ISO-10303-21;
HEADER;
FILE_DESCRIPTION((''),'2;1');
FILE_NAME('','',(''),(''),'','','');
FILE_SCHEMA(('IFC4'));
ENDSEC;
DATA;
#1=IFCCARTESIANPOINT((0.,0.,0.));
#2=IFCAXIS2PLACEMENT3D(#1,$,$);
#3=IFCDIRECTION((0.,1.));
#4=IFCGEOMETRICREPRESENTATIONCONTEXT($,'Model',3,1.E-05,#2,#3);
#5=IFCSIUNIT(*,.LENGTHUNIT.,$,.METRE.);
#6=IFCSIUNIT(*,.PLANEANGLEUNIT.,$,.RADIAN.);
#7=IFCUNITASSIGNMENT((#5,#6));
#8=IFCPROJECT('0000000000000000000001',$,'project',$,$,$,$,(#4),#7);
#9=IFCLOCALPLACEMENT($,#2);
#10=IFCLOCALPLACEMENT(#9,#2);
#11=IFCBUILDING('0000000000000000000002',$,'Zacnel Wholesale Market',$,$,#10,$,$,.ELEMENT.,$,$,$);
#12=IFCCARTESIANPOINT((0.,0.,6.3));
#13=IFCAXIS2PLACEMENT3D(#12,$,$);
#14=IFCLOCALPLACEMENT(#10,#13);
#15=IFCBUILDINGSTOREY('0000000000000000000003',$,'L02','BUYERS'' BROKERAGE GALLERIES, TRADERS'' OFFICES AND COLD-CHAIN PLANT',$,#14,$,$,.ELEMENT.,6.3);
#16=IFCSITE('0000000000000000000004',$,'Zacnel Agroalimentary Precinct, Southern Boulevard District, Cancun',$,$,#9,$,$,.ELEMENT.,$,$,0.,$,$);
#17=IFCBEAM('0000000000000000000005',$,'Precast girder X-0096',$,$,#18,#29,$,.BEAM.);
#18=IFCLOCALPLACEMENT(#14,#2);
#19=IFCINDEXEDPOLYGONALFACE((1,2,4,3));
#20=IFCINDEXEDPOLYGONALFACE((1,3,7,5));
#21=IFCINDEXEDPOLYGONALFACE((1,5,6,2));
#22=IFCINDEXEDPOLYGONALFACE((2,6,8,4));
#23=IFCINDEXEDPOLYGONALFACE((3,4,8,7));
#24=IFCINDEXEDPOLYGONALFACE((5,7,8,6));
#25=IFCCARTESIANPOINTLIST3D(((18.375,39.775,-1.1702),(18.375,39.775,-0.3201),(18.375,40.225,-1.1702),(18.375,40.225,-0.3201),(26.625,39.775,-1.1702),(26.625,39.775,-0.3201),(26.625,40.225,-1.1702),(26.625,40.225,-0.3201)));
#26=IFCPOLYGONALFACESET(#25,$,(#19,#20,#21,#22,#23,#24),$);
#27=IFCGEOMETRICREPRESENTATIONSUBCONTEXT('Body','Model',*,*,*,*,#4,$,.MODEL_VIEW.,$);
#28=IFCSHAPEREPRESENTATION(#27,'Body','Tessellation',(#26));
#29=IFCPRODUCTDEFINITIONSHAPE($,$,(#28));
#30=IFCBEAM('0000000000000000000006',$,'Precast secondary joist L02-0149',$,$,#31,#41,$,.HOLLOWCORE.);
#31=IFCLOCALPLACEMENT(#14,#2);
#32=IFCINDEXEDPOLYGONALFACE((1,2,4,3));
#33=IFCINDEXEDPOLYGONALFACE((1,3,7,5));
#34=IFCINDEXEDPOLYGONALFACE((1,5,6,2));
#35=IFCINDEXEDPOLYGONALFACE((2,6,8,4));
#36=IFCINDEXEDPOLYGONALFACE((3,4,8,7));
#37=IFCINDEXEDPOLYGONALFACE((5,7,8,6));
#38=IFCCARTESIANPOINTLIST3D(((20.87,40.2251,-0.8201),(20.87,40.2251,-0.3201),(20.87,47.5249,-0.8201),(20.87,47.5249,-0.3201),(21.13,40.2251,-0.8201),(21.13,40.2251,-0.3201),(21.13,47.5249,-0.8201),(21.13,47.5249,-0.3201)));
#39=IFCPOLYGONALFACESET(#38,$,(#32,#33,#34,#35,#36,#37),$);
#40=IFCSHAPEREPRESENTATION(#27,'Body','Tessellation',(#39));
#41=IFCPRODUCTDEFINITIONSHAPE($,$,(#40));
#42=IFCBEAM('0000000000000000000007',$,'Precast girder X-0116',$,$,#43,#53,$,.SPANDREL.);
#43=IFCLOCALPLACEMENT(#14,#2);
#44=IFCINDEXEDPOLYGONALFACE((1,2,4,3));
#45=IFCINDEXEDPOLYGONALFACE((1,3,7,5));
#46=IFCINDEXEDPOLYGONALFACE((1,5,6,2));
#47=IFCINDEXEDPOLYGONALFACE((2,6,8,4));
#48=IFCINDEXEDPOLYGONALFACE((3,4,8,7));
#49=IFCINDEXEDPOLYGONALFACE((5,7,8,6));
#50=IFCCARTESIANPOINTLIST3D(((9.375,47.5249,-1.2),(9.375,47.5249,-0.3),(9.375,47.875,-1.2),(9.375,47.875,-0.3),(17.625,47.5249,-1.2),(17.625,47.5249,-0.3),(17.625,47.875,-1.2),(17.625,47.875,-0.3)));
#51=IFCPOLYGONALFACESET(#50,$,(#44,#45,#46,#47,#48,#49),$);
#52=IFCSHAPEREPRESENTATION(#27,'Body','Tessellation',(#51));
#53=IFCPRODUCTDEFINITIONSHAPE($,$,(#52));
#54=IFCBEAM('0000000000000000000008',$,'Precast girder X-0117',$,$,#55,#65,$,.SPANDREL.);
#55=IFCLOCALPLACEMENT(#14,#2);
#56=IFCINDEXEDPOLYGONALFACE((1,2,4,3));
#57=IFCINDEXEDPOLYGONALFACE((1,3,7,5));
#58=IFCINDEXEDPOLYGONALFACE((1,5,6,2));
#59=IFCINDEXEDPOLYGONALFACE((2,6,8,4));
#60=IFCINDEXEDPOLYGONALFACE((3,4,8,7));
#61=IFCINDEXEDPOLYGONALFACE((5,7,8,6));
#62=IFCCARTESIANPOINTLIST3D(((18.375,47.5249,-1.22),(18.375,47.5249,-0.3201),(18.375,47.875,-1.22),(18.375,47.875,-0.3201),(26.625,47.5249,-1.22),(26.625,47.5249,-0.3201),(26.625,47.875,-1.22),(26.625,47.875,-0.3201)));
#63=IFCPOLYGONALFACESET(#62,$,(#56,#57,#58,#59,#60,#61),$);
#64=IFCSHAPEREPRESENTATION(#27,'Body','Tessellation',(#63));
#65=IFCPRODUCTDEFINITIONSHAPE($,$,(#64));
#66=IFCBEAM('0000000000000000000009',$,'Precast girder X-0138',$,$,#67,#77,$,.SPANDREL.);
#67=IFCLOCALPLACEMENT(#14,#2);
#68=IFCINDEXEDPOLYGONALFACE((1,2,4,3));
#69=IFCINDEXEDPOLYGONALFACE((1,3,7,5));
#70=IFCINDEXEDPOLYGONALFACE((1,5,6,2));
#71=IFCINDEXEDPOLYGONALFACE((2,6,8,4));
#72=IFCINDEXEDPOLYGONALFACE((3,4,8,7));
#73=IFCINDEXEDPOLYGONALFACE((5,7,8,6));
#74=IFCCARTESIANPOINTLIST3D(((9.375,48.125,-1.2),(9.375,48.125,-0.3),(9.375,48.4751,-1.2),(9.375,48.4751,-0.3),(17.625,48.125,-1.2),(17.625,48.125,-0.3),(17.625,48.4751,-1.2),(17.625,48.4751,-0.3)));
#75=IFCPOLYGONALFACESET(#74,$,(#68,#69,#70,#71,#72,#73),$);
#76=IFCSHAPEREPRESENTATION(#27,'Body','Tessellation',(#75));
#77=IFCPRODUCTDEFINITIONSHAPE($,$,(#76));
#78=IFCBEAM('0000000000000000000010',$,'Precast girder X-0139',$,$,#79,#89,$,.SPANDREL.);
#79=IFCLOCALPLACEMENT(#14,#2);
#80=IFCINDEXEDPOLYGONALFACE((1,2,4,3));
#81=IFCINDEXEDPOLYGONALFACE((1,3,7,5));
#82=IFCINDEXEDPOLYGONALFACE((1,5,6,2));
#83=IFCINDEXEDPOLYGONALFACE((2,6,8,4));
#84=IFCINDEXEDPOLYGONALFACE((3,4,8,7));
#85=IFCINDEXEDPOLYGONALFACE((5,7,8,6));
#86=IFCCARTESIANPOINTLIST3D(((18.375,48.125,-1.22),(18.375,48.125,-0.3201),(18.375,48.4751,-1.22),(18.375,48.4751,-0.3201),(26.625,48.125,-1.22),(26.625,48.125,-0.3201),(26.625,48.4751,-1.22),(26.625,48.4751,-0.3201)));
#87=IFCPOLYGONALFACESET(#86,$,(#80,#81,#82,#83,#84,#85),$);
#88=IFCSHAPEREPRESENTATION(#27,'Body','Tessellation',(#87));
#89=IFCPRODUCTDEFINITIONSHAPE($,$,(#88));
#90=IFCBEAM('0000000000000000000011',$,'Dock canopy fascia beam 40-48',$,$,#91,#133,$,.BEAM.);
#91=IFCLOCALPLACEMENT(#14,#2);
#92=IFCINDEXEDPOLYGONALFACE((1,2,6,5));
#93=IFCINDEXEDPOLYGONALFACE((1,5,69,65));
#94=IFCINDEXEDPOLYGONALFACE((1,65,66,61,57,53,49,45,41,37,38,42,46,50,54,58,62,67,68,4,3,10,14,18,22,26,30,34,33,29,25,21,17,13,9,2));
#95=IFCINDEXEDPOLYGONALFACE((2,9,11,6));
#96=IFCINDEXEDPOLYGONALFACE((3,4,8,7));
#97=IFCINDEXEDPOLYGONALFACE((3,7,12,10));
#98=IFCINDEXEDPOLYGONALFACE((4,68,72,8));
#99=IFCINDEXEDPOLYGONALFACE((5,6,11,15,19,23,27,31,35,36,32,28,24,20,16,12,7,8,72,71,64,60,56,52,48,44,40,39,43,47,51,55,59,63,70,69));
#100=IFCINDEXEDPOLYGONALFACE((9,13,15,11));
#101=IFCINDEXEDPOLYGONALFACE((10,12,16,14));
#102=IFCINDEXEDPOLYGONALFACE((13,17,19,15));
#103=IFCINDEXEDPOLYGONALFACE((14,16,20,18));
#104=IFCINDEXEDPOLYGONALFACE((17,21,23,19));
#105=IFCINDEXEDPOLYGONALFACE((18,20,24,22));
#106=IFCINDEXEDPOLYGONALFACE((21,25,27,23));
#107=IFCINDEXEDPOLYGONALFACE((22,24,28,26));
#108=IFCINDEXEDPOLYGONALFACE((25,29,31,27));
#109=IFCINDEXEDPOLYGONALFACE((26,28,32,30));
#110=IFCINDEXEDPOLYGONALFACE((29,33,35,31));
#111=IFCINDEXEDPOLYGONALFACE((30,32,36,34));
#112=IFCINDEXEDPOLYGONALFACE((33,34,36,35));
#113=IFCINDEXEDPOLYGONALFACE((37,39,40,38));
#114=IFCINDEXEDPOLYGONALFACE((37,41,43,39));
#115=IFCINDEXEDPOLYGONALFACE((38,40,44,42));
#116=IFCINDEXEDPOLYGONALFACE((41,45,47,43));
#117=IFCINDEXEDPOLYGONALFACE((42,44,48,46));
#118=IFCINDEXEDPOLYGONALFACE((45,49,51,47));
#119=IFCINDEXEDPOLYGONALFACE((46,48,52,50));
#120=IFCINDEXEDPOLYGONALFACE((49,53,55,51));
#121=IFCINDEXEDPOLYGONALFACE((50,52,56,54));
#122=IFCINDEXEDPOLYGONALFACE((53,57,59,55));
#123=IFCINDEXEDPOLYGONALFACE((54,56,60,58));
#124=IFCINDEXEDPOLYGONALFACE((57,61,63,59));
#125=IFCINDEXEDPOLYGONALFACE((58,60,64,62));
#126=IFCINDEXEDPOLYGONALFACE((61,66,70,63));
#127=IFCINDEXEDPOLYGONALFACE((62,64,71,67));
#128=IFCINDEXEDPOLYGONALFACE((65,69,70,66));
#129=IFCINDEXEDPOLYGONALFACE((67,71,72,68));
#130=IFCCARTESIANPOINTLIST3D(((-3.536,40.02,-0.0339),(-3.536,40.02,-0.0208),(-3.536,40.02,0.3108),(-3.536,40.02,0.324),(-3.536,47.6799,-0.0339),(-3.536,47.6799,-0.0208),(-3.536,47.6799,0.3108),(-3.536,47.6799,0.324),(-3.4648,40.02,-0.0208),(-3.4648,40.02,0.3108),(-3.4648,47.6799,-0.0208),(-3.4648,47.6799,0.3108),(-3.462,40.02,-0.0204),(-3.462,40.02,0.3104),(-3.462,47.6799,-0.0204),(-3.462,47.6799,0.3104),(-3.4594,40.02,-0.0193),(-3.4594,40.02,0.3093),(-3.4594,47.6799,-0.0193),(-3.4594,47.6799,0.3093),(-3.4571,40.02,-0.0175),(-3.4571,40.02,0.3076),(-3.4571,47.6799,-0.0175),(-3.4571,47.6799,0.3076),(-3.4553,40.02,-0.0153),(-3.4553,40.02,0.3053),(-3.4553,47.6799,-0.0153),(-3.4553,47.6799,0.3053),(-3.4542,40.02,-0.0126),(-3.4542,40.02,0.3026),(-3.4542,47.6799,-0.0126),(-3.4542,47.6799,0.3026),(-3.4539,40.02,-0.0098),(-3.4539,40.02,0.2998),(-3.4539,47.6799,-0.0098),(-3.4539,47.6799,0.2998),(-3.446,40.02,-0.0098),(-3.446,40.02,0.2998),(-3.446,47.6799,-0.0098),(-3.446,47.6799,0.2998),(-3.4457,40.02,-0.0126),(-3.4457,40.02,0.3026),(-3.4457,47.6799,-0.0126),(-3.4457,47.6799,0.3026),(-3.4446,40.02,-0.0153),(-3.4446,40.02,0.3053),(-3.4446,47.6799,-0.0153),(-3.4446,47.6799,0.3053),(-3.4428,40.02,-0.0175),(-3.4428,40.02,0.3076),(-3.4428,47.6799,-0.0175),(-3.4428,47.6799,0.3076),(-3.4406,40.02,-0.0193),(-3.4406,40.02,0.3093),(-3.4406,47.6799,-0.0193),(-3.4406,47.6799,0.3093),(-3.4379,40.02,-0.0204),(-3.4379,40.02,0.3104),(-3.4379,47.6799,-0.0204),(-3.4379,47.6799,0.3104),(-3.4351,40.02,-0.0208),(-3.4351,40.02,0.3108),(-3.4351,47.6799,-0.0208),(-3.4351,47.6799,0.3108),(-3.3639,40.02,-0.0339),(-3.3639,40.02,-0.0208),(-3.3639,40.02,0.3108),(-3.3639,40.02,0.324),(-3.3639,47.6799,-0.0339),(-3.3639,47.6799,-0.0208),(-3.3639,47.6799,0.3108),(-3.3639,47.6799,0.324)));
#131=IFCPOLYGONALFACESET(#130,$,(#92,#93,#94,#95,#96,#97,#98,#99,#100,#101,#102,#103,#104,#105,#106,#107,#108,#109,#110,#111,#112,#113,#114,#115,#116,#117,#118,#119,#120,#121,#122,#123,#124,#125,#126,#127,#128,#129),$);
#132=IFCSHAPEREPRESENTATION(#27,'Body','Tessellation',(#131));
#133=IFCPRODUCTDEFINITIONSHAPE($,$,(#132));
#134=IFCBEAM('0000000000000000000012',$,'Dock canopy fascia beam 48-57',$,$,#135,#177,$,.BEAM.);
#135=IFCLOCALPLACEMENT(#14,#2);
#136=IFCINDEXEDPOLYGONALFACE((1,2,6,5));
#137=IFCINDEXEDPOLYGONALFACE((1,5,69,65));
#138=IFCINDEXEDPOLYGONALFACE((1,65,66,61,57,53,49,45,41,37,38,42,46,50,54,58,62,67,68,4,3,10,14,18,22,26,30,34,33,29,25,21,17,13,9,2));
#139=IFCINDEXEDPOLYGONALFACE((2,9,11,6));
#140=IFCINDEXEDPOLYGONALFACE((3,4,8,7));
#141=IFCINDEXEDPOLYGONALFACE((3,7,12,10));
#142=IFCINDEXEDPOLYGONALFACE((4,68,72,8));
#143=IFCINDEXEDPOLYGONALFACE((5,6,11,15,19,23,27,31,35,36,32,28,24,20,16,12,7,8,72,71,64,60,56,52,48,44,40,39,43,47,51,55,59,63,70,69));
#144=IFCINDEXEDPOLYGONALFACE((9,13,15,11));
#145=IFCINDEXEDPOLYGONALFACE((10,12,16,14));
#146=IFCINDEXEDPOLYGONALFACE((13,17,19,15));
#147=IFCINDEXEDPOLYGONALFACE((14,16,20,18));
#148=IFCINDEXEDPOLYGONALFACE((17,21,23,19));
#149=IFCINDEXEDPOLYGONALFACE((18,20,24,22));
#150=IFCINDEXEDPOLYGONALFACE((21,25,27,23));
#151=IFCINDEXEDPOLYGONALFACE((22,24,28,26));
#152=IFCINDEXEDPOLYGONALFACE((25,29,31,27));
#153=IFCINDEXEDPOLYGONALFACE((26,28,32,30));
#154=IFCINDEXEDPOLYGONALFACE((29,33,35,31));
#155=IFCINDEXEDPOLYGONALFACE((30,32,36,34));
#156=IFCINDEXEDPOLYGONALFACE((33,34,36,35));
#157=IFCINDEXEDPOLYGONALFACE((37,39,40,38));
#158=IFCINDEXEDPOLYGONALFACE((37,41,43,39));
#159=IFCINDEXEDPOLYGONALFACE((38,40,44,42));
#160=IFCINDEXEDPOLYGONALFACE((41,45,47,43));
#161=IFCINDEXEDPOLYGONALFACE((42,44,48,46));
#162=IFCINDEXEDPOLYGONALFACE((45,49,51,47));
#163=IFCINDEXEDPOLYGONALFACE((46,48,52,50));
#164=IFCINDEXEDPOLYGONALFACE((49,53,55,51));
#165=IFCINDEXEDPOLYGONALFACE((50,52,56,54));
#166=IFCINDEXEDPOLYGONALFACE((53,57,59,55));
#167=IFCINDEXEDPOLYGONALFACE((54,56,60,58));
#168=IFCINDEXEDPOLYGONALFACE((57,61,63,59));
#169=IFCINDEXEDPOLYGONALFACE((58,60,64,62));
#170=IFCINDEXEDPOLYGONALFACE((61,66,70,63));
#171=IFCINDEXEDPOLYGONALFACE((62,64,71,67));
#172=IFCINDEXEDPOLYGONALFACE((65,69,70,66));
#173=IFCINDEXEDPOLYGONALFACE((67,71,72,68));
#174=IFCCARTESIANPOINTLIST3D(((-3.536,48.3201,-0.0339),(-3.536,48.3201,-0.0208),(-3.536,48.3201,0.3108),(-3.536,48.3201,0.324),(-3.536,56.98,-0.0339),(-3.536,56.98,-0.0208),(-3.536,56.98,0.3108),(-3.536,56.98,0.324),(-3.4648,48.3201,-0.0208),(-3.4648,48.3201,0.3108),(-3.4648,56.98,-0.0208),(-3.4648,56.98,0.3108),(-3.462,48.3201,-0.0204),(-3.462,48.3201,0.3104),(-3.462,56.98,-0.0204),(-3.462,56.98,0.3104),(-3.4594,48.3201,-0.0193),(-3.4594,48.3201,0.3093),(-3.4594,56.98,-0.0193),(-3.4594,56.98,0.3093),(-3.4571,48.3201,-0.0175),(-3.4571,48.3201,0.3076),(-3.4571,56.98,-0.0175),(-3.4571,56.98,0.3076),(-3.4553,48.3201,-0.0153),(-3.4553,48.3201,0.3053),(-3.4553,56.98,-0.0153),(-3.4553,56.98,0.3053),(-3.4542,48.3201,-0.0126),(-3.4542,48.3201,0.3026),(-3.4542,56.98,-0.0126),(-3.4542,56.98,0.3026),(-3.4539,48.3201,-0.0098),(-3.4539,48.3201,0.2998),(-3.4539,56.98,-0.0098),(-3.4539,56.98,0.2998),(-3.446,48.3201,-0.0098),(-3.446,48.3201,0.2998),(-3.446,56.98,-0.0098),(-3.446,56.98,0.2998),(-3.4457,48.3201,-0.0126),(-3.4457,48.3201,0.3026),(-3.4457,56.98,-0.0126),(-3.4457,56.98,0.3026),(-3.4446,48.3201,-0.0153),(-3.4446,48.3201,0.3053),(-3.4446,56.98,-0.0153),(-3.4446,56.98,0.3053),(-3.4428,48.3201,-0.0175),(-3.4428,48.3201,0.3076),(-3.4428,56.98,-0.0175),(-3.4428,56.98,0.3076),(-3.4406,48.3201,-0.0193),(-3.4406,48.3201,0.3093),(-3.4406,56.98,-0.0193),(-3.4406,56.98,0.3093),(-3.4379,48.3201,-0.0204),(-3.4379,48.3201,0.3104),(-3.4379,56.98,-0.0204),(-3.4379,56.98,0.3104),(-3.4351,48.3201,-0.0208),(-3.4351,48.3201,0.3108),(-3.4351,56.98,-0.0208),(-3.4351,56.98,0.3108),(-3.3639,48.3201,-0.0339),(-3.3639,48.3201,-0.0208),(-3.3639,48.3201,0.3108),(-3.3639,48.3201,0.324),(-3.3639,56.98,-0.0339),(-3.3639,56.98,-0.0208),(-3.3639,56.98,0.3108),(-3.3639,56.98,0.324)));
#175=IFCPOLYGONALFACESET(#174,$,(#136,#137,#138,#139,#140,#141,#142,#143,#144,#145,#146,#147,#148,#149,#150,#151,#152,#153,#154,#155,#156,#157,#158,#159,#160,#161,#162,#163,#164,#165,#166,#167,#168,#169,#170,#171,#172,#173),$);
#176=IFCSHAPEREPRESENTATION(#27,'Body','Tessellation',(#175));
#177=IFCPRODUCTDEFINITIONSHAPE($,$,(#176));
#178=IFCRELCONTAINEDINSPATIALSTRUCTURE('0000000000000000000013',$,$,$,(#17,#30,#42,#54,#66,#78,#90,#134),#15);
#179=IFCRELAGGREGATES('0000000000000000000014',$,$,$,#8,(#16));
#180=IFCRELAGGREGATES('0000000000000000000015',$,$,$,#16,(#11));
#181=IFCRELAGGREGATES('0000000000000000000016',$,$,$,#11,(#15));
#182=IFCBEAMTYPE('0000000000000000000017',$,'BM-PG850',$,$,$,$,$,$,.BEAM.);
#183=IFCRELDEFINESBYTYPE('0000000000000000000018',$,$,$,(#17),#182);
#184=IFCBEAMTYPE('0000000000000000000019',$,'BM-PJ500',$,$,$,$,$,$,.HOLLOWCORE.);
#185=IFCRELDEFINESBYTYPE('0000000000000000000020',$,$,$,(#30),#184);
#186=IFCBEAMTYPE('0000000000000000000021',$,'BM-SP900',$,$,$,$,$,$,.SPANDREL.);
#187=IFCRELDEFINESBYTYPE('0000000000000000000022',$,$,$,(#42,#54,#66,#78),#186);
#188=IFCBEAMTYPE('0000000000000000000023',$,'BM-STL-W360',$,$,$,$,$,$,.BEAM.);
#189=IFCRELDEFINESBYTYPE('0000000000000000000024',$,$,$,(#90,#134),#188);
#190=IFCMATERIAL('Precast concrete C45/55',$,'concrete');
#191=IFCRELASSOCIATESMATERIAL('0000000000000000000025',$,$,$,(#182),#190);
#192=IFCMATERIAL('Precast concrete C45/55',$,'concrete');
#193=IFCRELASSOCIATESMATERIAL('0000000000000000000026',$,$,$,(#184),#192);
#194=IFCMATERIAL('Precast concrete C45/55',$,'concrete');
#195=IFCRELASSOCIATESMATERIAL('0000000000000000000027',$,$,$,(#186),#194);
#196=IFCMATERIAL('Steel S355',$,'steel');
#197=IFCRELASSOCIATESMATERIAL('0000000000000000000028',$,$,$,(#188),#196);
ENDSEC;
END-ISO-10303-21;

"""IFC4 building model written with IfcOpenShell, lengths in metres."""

from ifc_helpers import new_model, si_unit, direction, frame, origin, origin_2d, place, context, subcontext, project, spatial, rectangle, i_section, extrude, material, material_profile, profile_set, type_object, element, save


model = new_model("IFC4")

# Units and contexts
model_context = context("Model", 3, precision=1e-05, world=origin(), true_north=direction((0.0, 1.0)))
body_context = subcontext(model_context, "Body", "Model", "MODEL_VIEW")
ifc_project = project(units=[si_unit("LENGTHUNIT", "METRE"), si_unit("PLANEANGLEUNIT", "RADIAN")], contexts=[model_context])

# Site, building, storey
site_placement = place(None, origin())
site = spatial("IfcSite", under=ifc_project, at=site_placement, Name="Zacnel Agroalimentary Precinct, Southern Boulevard District, Cancun", CompositionType="ELEMENT", RefElevation=0.0)
building_placement = place(site_placement, origin())
building = spatial("IfcBuilding", under=site, at=building_placement, Name="Zacnel Wholesale Market", CompositionType="ELEMENT")
storey_placement = place(building_placement, frame((0.0, 0.0, 6.3)))
storey = spatial("IfcBuildingStorey", under=building, at=storey_placement, Name="L02", Description="BUYERS' BROKERAGE GALLERIES, TRADERS' OFFICES AND COLD-CHAIN PLANT", CompositionType="ELEMENT", Elevation=6.3)

# Beams
ifc_material_1 = material(Name="Precast concrete C45/55", Category="concrete")
ifc_material_profile_1 = material_profile(ifc_material_1, rectangle(XDim=0.45, YDim=0.8501, at=origin_2d()), Name="PG 450x850")
ifc_profile_set_1 = profile_set([ifc_material_profile_1], Name="Precast concrete C45/55")
beam_type_1 = type_object("IfcBeamType", Name="BM-PG850", PredefinedType="BEAM", material=ifc_profile_set_1)
beam_1_placement = place(storey_placement, frame((18.375, 40.0, -0.7451), z_axis=(1.0, 0.0, 0.0), x_axis=(0.0, 1.0, 0.0)))
element("IfcBeam", 1, at=beam_1_placement, inside=storey, type_object=beam_type_1, Name="Precast girder X-0096", PredefinedType="BEAM", context=body_context, shape_type="SweptSolid", body=[
    extrude(rectangle(XDim=0.45, YDim=0.8501, at=origin_2d()), origin(), (0.0, 0.0, 1.0), 8.25),
])
ifc_material_2 = material(Name="Precast concrete C45/55", Category="concrete")
ifc_material_profile_2 = material_profile(ifc_material_2, rectangle(XDim=0.26, YDim=0.5, at=origin_2d()), Name="PJ 260x500")
ifc_profile_set_2 = profile_set([ifc_material_profile_2], Name="Precast concrete C45/55")
beam_type_2 = type_object("IfcBeamType", Name="BM-PJ500", PredefinedType="HOLLOWCORE", material=ifc_profile_set_2)
beam_2_placement = place(storey_placement, frame((21.0, 40.2251, -0.5701), z_axis=(0.0, 1.0, 0.0), x_axis=(-1.0, 0.0, 0.0)))
element("IfcBeam", 2, at=beam_2_placement, inside=storey, type_object=beam_type_2, Name="Precast secondary joist L02-0149", PredefinedType="HOLLOWCORE", context=body_context, shape_type="SweptSolid", body=[
    extrude(rectangle(XDim=0.26, YDim=0.5, at=origin_2d()), origin(), (0.0, 0.0, 1.0), 7.2998),
])
ifc_material_3 = material(Name="Precast concrete C45/55", Category="concrete")
ifc_material_profile_3 = material_profile(ifc_material_3, rectangle(XDim=0.3501, YDim=0.8999, at=origin_2d()), Name="SP 350x900")
ifc_profile_set_3 = profile_set([ifc_material_profile_3], Name="Precast concrete C45/55")
beam_type_3 = type_object("IfcBeamType", Name="BM-SP900", PredefinedType="SPANDREL", material=ifc_profile_set_3)
for number, where, z_axis, x_axis, name in (
    (3, (9.375, 47.7, -0.75), (1.0, 0.0, 0.0), (0.0, 1.0, 0.0), "Precast girder X-0116"),
    (4, (18.375, 47.7, -0.77), (1.0, 0.0, 0.0), (0.0, 1.0, 0.0), "Precast girder X-0117"),
    (5, (9.375, 48.3, -0.75), (1.0, 0.0, 0.0), (0.0, 1.0, 0.0), "Precast girder X-0138"),
    (6, (18.375, 48.3, -0.77), (1.0, 0.0, 0.0), (0.0, 1.0, 0.0), "Precast girder X-0139"),
):
    element("IfcBeam", number, at=place(storey_placement, frame(where, z_axis=z_axis, x_axis=x_axis)), inside=storey, type_object=beam_type_3, Name=name, PredefinedType="SPANDREL", context=body_context, shape_type="SweptSolid", body=[
        extrude(rectangle(XDim=0.3501, YDim=0.8999, at=origin_2d()), origin(), (0.0, 0.0, 1.0), 8.25),
    ])
ifc_material_4 = material(Name="Steel S355", Category="steel")
ifc_material_profile_4 = material_profile(ifc_material_4, i_section(OverallWidth=0.1721, OverallDepth=0.3579, WebThickness=0.0078, FlangeThickness=0.0132, FilletRadius=0.011, at=origin_2d()), Name="W360X57.8")
ifc_profile_set_4 = profile_set([ifc_material_profile_4], Name="Steel S355")
beam_type_4 = type_object("IfcBeamType", Name="BM-STL-W360", PredefinedType="BEAM", material=ifc_profile_set_4)
beam_3_placement = place(storey_placement, frame((-3.45, 40.02, 0.145), z_axis=(0.0, 1.0, 0.0), x_axis=(-1.0, 0.0, 0.0)))
element("IfcBeam", 7, at=beam_3_placement, inside=storey, type_object=beam_type_4, Name="Dock canopy fascia beam 40-48", PredefinedType="BEAM", context=body_context, shape_type="SweptSolid", body=[
    extrude(i_section(OverallWidth=0.1721, OverallDepth=0.3579, WebThickness=0.0078, FlangeThickness=0.0132, FilletRadius=0.011, at=origin_2d()), origin(), (0.0, 0.0, 1.0), 7.6599),
])
beam_4_placement = place(storey_placement, frame((-3.45, 48.3201, 0.145), z_axis=(0.0, 1.0, 0.0), x_axis=(-1.0, 0.0, 0.0)))
element("IfcBeam", 8, at=beam_4_placement, inside=storey, type_object=beam_type_4, Name="Dock canopy fascia beam 48-57", PredefinedType="BEAM", context=body_context, shape_type="SweptSolid", body=[
    extrude(i_section(OverallWidth=0.1721, OverallDepth=0.3579, WebThickness=0.0078, FlangeThickness=0.0132, FilletRadius=0.011, at=origin_2d()), origin(), (0.0, 0.0, 1.0), 8.6599),
])

save(model, "model.ifc")
